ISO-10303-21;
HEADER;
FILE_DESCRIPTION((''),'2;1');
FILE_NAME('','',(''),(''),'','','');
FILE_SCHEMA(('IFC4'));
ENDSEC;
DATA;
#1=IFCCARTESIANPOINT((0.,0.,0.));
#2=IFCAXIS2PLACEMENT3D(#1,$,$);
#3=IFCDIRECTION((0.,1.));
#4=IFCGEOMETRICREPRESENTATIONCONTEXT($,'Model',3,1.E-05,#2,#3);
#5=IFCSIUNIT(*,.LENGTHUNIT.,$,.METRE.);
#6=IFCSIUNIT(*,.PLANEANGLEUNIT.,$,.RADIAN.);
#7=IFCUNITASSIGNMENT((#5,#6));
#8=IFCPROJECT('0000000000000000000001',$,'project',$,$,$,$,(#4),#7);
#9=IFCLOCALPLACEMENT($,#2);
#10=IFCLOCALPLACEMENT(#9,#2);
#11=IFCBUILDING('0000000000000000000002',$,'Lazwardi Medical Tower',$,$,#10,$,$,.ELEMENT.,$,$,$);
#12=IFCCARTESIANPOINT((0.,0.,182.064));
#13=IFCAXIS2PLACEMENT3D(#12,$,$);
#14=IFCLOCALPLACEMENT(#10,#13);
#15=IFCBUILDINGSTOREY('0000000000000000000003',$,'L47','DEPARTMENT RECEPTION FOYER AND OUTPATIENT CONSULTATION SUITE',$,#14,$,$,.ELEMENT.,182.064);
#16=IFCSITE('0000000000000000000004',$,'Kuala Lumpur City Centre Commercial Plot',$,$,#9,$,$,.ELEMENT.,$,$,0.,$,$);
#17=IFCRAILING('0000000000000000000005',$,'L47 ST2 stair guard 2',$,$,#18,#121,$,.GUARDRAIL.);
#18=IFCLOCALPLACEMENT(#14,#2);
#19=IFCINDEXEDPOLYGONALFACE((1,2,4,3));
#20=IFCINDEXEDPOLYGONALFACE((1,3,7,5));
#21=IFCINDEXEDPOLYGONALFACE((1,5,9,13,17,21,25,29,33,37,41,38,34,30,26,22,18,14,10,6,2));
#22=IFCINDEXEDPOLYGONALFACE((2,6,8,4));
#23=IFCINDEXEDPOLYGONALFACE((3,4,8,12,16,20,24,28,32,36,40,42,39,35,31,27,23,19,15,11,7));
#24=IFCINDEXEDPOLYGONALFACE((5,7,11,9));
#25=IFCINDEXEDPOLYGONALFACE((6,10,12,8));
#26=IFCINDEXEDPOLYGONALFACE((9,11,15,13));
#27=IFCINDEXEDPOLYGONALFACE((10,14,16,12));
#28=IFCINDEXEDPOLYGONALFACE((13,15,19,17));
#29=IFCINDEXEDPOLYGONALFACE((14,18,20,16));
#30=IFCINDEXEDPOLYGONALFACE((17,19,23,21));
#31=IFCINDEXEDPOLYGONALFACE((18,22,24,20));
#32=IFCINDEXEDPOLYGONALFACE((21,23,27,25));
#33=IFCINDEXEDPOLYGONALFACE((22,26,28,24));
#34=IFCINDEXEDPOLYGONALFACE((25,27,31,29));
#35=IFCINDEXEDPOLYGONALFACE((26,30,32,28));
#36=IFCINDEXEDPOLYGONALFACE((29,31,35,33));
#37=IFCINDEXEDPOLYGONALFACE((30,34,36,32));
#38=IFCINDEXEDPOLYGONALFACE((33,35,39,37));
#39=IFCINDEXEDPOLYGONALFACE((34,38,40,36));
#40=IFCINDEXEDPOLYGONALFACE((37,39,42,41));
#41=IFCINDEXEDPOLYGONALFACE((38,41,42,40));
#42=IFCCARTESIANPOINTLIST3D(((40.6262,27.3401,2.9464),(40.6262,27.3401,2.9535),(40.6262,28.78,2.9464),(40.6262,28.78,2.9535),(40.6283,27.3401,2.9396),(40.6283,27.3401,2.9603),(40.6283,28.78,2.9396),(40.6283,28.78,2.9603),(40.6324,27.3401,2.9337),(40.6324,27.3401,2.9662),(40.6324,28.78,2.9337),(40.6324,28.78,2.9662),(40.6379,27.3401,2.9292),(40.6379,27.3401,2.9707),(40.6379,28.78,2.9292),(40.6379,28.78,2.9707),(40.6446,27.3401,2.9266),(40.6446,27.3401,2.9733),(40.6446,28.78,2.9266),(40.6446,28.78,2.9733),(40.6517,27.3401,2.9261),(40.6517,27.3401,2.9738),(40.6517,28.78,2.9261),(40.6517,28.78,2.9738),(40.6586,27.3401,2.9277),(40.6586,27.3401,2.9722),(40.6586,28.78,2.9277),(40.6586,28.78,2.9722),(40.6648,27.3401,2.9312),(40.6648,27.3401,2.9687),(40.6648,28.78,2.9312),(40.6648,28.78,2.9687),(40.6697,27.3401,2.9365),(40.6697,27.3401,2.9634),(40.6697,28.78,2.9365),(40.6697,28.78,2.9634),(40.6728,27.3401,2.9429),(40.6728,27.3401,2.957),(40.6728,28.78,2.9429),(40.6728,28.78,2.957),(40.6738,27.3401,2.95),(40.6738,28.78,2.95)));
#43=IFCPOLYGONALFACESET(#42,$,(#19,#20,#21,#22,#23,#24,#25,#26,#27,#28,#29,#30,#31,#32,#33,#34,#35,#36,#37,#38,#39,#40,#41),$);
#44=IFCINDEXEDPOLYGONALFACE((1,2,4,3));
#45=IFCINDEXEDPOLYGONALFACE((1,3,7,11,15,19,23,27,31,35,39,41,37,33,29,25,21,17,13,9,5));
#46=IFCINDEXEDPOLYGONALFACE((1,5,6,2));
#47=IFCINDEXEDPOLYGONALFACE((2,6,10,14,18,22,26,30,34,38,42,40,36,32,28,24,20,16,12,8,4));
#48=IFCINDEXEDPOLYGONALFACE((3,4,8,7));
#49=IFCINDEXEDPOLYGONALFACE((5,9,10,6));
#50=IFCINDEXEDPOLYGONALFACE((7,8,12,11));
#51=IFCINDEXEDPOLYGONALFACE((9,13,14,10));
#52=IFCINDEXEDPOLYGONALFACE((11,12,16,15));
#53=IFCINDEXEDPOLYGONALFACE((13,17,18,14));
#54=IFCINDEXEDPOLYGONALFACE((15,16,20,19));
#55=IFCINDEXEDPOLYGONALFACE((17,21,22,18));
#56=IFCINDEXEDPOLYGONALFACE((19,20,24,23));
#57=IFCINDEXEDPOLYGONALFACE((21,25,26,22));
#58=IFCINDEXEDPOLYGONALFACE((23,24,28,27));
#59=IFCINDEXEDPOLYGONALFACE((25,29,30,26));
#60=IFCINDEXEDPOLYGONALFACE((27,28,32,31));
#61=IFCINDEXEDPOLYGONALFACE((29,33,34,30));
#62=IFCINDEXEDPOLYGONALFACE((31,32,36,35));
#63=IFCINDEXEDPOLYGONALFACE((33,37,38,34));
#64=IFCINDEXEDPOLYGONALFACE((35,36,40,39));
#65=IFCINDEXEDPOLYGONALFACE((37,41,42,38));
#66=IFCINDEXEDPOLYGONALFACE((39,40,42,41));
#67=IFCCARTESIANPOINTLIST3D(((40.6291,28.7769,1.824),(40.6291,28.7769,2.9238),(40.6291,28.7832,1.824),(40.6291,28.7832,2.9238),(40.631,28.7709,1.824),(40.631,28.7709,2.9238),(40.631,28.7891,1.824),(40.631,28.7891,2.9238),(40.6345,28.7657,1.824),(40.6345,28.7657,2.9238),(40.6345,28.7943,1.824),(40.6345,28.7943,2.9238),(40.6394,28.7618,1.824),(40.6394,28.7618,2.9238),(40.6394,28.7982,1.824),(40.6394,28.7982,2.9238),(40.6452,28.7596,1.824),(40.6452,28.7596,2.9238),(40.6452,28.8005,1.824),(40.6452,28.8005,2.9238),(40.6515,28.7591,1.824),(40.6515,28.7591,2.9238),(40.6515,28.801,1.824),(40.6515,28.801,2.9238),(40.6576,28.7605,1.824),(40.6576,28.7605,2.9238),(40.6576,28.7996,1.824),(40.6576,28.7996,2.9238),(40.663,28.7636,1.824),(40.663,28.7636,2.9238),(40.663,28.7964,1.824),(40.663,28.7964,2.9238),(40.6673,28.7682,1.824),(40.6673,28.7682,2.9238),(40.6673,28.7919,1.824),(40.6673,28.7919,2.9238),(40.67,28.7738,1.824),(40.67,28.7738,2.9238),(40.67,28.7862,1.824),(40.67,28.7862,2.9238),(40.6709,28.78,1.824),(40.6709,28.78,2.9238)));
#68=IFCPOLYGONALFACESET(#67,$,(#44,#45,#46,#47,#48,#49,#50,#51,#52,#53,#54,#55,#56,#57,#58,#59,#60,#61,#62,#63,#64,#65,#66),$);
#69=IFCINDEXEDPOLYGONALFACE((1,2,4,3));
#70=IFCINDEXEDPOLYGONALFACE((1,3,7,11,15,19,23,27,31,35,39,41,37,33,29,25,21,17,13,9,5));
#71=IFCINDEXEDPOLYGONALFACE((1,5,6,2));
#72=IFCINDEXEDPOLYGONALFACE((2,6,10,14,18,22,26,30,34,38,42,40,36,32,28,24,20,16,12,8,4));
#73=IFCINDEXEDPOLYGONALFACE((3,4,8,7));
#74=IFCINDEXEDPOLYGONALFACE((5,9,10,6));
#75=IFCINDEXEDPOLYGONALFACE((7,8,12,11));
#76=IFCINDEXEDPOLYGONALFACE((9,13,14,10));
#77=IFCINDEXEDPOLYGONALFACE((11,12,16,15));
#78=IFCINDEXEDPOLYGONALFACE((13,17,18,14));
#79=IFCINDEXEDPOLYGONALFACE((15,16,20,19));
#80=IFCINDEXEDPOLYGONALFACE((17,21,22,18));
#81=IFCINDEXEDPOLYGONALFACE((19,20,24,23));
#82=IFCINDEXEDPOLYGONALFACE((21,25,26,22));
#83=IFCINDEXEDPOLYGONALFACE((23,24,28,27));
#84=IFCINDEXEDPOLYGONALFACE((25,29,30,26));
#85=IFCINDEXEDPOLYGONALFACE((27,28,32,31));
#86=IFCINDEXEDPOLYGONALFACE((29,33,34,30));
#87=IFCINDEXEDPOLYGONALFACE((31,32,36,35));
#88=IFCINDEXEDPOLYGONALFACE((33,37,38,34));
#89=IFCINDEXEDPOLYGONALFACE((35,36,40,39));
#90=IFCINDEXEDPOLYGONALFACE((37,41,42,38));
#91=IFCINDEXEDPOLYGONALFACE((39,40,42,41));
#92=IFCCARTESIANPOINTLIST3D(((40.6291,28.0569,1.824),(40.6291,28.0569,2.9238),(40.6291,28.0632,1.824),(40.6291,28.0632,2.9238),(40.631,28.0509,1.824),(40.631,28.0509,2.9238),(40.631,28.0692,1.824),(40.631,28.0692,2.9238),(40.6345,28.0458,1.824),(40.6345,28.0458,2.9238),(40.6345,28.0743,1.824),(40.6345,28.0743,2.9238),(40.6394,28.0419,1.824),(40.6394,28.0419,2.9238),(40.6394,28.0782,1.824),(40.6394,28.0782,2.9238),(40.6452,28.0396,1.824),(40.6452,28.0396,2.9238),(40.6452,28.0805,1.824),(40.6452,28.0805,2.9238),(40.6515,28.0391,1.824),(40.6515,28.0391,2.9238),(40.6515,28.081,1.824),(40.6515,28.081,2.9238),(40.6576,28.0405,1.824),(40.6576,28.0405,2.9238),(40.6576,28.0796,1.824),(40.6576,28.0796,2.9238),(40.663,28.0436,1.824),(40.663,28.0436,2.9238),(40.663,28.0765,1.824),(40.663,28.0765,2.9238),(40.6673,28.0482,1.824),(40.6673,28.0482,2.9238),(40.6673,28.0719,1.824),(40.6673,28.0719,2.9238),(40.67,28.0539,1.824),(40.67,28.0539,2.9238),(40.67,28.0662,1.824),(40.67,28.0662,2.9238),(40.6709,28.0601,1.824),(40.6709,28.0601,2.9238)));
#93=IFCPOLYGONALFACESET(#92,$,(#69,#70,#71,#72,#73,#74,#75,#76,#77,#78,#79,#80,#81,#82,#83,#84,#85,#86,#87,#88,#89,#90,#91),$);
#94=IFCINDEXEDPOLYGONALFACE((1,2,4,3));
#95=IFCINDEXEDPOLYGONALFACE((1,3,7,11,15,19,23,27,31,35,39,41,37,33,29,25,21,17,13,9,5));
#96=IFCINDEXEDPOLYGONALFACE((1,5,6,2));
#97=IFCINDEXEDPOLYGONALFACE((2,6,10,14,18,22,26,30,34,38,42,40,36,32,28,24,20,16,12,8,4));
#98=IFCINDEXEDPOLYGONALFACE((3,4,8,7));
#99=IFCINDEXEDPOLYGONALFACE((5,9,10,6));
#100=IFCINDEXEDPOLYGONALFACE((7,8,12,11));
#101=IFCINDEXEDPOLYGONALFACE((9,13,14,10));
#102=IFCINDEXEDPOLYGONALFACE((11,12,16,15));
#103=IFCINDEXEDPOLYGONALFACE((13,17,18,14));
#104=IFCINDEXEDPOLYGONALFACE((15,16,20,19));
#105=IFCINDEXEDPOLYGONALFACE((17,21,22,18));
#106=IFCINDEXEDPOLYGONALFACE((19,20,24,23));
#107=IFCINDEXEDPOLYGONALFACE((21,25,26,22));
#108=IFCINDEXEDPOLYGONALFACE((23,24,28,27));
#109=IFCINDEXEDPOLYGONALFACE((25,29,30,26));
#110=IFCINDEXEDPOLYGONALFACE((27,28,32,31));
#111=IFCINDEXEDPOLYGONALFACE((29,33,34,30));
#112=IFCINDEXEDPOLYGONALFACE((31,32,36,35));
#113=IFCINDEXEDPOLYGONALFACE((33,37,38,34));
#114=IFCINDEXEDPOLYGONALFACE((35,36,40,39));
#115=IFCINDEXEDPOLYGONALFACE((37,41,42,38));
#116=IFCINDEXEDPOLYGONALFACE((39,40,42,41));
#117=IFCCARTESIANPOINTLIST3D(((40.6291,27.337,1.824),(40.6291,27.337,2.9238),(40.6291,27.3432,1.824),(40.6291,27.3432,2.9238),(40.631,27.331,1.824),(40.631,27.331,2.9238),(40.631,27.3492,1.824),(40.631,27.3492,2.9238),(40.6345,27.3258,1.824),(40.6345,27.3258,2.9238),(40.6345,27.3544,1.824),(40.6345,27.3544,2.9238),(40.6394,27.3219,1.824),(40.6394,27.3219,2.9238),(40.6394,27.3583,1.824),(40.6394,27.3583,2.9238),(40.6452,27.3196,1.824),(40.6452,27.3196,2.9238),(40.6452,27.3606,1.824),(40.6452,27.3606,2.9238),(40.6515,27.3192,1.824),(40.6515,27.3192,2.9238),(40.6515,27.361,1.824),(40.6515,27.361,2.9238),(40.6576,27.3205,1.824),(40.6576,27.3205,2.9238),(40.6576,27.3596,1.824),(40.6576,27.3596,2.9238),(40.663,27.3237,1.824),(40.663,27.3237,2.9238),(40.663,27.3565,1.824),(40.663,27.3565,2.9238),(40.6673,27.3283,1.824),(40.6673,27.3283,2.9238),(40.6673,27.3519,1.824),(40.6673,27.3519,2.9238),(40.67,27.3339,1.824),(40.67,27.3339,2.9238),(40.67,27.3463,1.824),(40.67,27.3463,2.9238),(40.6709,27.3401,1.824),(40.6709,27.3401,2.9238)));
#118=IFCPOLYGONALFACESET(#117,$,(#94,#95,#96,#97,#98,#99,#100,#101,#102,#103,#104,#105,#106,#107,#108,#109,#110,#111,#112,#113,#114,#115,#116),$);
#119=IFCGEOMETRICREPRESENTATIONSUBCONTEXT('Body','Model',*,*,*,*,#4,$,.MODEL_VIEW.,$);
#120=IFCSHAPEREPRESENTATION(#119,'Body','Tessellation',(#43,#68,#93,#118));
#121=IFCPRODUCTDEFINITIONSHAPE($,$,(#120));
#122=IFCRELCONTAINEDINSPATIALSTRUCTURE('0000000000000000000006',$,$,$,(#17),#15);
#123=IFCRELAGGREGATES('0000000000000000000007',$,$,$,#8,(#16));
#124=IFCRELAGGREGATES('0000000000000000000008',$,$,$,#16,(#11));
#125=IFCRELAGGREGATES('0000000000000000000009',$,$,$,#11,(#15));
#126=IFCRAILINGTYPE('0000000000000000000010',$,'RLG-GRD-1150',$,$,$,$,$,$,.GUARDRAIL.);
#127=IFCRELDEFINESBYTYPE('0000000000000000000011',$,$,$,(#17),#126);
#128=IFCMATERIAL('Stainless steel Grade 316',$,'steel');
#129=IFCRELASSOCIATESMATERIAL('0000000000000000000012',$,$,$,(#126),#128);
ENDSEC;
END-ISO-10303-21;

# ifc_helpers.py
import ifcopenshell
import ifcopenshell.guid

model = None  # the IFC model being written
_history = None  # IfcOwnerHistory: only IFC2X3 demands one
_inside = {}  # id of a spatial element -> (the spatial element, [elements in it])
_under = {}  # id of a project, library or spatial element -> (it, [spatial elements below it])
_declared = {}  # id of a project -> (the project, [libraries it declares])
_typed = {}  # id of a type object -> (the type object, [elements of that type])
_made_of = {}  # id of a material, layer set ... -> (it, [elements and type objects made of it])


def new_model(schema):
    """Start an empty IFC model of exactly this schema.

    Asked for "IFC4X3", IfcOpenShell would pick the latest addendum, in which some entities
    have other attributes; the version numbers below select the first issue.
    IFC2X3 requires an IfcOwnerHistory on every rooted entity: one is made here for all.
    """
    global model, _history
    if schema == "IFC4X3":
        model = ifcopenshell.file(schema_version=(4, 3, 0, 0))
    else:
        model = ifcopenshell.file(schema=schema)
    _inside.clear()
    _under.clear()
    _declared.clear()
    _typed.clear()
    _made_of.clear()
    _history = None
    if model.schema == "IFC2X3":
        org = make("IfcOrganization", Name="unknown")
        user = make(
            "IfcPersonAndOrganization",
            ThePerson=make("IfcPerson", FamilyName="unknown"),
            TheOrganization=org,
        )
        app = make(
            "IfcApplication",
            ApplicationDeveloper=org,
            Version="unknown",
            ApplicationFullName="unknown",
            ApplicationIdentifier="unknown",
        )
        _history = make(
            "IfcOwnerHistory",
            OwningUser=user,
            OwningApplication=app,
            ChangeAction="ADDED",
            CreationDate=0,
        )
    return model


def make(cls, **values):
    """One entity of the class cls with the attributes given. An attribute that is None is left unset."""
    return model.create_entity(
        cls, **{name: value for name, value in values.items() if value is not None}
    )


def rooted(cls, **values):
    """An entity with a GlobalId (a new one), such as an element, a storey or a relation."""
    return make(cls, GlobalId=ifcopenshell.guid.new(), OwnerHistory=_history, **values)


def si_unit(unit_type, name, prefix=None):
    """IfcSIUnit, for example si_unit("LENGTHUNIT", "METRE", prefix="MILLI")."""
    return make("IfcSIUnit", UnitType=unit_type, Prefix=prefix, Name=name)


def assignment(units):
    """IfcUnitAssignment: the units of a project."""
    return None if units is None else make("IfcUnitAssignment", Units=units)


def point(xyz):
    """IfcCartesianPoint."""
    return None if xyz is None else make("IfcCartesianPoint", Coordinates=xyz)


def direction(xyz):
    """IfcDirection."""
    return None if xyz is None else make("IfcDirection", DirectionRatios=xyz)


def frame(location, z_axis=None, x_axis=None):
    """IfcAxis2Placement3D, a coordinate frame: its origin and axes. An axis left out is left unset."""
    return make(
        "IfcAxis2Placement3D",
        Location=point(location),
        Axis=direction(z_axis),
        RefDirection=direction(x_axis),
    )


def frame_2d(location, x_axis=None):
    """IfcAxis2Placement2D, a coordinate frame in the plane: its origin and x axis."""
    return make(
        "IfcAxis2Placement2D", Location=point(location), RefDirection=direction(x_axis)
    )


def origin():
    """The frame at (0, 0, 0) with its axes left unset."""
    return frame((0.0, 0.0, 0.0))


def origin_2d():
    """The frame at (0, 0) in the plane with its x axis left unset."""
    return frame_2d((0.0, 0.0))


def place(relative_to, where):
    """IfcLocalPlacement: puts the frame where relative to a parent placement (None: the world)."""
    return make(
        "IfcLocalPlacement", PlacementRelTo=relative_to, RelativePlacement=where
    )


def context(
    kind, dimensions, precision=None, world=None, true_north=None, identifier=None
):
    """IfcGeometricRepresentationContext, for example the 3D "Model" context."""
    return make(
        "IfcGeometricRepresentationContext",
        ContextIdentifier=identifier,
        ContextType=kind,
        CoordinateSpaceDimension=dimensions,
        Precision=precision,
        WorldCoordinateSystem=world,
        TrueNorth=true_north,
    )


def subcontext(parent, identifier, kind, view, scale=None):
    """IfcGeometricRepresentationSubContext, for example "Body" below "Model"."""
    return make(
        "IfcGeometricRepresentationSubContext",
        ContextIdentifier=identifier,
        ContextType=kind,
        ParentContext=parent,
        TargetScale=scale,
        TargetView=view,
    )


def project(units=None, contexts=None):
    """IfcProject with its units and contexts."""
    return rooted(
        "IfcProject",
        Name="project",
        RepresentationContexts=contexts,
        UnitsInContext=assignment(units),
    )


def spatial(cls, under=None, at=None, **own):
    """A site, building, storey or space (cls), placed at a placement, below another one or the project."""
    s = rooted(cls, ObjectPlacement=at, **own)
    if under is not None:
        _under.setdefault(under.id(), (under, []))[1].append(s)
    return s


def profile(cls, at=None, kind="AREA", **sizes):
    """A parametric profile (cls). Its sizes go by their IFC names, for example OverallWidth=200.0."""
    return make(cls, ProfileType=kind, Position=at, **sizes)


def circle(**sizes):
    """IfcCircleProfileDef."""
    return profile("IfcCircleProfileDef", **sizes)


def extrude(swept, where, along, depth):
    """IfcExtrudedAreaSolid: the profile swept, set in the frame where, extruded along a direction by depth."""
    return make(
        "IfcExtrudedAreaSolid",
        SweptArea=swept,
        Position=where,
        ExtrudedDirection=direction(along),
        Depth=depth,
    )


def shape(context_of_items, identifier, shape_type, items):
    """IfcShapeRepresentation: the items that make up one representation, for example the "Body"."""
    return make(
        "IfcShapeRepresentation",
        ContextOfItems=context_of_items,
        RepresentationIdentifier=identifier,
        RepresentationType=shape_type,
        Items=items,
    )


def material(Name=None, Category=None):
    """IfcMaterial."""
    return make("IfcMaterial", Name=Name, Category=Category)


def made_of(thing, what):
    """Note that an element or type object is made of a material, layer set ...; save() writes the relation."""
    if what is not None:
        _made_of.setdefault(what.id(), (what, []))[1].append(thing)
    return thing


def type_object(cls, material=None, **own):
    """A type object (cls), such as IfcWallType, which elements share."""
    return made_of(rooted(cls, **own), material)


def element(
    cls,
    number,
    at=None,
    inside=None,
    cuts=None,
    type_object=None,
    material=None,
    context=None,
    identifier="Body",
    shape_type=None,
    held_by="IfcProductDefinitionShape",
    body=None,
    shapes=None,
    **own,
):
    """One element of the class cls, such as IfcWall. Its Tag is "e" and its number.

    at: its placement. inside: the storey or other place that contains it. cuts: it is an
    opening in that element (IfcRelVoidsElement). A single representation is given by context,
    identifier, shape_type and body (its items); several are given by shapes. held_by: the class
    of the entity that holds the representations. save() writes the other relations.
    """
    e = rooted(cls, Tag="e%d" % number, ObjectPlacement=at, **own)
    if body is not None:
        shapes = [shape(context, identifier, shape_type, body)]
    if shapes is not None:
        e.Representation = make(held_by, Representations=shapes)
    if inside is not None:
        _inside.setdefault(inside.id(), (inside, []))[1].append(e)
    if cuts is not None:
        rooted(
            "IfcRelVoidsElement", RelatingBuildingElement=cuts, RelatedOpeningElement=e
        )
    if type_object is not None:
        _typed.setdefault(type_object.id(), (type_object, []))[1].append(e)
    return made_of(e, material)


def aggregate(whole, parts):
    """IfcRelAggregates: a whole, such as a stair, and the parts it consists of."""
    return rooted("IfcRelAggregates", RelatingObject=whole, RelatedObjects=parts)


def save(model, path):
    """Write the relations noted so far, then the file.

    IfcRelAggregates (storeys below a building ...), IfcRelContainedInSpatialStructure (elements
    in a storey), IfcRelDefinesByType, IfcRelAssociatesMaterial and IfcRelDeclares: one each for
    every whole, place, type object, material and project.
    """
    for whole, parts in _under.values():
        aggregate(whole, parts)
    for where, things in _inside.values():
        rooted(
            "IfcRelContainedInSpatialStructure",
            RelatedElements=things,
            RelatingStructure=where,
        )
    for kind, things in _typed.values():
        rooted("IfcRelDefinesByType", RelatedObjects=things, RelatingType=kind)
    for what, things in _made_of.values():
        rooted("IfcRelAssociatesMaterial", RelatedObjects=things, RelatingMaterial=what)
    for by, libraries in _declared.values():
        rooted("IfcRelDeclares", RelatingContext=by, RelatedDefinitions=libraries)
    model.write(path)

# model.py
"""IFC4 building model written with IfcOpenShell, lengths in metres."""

from ifc_helpers import new_model, si_unit, direction, frame, origin, origin_2d, place, context, subcontext, project, spatial, circle, extrude, material, type_object, element, save


model = new_model("IFC4")

# Units and contexts
model_context = context("Model", 3, precision=1e-05, world=origin(), true_north=direction((0.0, 1.0)))
body_context = subcontext(model_context, "Body", "Model", "MODEL_VIEW")
ifc_project = project(units=[si_unit("LENGTHUNIT", "METRE"), si_unit("PLANEANGLEUNIT", "RADIAN")], contexts=[model_context])

# Site, building, storey
site_placement = place(None, origin())
site = spatial("IfcSite", under=ifc_project, at=site_placement, Name="Kuala Lumpur City Centre Commercial Plot", CompositionType="ELEMENT", RefElevation=0.0)
building_placement = place(site_placement, origin())
building = spatial("IfcBuilding", under=site, at=building_placement, Name="Lazwardi Medical Tower", CompositionType="ELEMENT")
storey_placement = place(building_placement, frame((0.0, 0.0, 182.064)))
storey = spatial("IfcBuildingStorey", under=building, at=storey_placement, Name="L47", Description="DEPARTMENT RECEPTION FOYER AND OUTPATIENT CONSULTATION SUITE", CompositionType="ELEMENT", Elevation=182.064)

# Railing
ifc_material_1 = material(Name="Stainless steel Grade 316", Category="steel")
railing_type_1 = type_object("IfcRailingType", Name="RLG-GRD-1150", PredefinedType="GUARDRAIL", material=ifc_material_1)
railing_1_placement = place(storey_placement, frame((40.6499, 28.78, 1.824)))
element("IfcRailing", 1, at=railing_1_placement, inside=storey, type_object=railing_type_1, Name="L47 ST2 stair guard 2", PredefinedType="GUARDRAIL", context=body_context, shape_type="SweptSolid", body=[
    extrude(circle(Radius=0.0239, at=origin_2d()), frame((0.0, 0.0, 1.126), z_axis=(0.0, -1.0, 0.0), x_axis=(1.0, 0.0, 0.0)), (0.0, 0.0, 1.0), 1.4399),
    extrude(circle(Radius=0.021, at=origin_2d()), origin(), (0.0, 0.0, 1.0), 1.0999),
    extrude(circle(Radius=0.021, at=origin_2d()), frame((0.0, -0.72, 0.0)), (0.0, 0.0, 1.0), 1.0999),
    extrude(circle(Radius=0.021, at=origin_2d()), frame((0.0, -1.4399, 0.0)), (0.0, 0.0, 1.0), 1.0999),
])

save(model, "model.ifc")
